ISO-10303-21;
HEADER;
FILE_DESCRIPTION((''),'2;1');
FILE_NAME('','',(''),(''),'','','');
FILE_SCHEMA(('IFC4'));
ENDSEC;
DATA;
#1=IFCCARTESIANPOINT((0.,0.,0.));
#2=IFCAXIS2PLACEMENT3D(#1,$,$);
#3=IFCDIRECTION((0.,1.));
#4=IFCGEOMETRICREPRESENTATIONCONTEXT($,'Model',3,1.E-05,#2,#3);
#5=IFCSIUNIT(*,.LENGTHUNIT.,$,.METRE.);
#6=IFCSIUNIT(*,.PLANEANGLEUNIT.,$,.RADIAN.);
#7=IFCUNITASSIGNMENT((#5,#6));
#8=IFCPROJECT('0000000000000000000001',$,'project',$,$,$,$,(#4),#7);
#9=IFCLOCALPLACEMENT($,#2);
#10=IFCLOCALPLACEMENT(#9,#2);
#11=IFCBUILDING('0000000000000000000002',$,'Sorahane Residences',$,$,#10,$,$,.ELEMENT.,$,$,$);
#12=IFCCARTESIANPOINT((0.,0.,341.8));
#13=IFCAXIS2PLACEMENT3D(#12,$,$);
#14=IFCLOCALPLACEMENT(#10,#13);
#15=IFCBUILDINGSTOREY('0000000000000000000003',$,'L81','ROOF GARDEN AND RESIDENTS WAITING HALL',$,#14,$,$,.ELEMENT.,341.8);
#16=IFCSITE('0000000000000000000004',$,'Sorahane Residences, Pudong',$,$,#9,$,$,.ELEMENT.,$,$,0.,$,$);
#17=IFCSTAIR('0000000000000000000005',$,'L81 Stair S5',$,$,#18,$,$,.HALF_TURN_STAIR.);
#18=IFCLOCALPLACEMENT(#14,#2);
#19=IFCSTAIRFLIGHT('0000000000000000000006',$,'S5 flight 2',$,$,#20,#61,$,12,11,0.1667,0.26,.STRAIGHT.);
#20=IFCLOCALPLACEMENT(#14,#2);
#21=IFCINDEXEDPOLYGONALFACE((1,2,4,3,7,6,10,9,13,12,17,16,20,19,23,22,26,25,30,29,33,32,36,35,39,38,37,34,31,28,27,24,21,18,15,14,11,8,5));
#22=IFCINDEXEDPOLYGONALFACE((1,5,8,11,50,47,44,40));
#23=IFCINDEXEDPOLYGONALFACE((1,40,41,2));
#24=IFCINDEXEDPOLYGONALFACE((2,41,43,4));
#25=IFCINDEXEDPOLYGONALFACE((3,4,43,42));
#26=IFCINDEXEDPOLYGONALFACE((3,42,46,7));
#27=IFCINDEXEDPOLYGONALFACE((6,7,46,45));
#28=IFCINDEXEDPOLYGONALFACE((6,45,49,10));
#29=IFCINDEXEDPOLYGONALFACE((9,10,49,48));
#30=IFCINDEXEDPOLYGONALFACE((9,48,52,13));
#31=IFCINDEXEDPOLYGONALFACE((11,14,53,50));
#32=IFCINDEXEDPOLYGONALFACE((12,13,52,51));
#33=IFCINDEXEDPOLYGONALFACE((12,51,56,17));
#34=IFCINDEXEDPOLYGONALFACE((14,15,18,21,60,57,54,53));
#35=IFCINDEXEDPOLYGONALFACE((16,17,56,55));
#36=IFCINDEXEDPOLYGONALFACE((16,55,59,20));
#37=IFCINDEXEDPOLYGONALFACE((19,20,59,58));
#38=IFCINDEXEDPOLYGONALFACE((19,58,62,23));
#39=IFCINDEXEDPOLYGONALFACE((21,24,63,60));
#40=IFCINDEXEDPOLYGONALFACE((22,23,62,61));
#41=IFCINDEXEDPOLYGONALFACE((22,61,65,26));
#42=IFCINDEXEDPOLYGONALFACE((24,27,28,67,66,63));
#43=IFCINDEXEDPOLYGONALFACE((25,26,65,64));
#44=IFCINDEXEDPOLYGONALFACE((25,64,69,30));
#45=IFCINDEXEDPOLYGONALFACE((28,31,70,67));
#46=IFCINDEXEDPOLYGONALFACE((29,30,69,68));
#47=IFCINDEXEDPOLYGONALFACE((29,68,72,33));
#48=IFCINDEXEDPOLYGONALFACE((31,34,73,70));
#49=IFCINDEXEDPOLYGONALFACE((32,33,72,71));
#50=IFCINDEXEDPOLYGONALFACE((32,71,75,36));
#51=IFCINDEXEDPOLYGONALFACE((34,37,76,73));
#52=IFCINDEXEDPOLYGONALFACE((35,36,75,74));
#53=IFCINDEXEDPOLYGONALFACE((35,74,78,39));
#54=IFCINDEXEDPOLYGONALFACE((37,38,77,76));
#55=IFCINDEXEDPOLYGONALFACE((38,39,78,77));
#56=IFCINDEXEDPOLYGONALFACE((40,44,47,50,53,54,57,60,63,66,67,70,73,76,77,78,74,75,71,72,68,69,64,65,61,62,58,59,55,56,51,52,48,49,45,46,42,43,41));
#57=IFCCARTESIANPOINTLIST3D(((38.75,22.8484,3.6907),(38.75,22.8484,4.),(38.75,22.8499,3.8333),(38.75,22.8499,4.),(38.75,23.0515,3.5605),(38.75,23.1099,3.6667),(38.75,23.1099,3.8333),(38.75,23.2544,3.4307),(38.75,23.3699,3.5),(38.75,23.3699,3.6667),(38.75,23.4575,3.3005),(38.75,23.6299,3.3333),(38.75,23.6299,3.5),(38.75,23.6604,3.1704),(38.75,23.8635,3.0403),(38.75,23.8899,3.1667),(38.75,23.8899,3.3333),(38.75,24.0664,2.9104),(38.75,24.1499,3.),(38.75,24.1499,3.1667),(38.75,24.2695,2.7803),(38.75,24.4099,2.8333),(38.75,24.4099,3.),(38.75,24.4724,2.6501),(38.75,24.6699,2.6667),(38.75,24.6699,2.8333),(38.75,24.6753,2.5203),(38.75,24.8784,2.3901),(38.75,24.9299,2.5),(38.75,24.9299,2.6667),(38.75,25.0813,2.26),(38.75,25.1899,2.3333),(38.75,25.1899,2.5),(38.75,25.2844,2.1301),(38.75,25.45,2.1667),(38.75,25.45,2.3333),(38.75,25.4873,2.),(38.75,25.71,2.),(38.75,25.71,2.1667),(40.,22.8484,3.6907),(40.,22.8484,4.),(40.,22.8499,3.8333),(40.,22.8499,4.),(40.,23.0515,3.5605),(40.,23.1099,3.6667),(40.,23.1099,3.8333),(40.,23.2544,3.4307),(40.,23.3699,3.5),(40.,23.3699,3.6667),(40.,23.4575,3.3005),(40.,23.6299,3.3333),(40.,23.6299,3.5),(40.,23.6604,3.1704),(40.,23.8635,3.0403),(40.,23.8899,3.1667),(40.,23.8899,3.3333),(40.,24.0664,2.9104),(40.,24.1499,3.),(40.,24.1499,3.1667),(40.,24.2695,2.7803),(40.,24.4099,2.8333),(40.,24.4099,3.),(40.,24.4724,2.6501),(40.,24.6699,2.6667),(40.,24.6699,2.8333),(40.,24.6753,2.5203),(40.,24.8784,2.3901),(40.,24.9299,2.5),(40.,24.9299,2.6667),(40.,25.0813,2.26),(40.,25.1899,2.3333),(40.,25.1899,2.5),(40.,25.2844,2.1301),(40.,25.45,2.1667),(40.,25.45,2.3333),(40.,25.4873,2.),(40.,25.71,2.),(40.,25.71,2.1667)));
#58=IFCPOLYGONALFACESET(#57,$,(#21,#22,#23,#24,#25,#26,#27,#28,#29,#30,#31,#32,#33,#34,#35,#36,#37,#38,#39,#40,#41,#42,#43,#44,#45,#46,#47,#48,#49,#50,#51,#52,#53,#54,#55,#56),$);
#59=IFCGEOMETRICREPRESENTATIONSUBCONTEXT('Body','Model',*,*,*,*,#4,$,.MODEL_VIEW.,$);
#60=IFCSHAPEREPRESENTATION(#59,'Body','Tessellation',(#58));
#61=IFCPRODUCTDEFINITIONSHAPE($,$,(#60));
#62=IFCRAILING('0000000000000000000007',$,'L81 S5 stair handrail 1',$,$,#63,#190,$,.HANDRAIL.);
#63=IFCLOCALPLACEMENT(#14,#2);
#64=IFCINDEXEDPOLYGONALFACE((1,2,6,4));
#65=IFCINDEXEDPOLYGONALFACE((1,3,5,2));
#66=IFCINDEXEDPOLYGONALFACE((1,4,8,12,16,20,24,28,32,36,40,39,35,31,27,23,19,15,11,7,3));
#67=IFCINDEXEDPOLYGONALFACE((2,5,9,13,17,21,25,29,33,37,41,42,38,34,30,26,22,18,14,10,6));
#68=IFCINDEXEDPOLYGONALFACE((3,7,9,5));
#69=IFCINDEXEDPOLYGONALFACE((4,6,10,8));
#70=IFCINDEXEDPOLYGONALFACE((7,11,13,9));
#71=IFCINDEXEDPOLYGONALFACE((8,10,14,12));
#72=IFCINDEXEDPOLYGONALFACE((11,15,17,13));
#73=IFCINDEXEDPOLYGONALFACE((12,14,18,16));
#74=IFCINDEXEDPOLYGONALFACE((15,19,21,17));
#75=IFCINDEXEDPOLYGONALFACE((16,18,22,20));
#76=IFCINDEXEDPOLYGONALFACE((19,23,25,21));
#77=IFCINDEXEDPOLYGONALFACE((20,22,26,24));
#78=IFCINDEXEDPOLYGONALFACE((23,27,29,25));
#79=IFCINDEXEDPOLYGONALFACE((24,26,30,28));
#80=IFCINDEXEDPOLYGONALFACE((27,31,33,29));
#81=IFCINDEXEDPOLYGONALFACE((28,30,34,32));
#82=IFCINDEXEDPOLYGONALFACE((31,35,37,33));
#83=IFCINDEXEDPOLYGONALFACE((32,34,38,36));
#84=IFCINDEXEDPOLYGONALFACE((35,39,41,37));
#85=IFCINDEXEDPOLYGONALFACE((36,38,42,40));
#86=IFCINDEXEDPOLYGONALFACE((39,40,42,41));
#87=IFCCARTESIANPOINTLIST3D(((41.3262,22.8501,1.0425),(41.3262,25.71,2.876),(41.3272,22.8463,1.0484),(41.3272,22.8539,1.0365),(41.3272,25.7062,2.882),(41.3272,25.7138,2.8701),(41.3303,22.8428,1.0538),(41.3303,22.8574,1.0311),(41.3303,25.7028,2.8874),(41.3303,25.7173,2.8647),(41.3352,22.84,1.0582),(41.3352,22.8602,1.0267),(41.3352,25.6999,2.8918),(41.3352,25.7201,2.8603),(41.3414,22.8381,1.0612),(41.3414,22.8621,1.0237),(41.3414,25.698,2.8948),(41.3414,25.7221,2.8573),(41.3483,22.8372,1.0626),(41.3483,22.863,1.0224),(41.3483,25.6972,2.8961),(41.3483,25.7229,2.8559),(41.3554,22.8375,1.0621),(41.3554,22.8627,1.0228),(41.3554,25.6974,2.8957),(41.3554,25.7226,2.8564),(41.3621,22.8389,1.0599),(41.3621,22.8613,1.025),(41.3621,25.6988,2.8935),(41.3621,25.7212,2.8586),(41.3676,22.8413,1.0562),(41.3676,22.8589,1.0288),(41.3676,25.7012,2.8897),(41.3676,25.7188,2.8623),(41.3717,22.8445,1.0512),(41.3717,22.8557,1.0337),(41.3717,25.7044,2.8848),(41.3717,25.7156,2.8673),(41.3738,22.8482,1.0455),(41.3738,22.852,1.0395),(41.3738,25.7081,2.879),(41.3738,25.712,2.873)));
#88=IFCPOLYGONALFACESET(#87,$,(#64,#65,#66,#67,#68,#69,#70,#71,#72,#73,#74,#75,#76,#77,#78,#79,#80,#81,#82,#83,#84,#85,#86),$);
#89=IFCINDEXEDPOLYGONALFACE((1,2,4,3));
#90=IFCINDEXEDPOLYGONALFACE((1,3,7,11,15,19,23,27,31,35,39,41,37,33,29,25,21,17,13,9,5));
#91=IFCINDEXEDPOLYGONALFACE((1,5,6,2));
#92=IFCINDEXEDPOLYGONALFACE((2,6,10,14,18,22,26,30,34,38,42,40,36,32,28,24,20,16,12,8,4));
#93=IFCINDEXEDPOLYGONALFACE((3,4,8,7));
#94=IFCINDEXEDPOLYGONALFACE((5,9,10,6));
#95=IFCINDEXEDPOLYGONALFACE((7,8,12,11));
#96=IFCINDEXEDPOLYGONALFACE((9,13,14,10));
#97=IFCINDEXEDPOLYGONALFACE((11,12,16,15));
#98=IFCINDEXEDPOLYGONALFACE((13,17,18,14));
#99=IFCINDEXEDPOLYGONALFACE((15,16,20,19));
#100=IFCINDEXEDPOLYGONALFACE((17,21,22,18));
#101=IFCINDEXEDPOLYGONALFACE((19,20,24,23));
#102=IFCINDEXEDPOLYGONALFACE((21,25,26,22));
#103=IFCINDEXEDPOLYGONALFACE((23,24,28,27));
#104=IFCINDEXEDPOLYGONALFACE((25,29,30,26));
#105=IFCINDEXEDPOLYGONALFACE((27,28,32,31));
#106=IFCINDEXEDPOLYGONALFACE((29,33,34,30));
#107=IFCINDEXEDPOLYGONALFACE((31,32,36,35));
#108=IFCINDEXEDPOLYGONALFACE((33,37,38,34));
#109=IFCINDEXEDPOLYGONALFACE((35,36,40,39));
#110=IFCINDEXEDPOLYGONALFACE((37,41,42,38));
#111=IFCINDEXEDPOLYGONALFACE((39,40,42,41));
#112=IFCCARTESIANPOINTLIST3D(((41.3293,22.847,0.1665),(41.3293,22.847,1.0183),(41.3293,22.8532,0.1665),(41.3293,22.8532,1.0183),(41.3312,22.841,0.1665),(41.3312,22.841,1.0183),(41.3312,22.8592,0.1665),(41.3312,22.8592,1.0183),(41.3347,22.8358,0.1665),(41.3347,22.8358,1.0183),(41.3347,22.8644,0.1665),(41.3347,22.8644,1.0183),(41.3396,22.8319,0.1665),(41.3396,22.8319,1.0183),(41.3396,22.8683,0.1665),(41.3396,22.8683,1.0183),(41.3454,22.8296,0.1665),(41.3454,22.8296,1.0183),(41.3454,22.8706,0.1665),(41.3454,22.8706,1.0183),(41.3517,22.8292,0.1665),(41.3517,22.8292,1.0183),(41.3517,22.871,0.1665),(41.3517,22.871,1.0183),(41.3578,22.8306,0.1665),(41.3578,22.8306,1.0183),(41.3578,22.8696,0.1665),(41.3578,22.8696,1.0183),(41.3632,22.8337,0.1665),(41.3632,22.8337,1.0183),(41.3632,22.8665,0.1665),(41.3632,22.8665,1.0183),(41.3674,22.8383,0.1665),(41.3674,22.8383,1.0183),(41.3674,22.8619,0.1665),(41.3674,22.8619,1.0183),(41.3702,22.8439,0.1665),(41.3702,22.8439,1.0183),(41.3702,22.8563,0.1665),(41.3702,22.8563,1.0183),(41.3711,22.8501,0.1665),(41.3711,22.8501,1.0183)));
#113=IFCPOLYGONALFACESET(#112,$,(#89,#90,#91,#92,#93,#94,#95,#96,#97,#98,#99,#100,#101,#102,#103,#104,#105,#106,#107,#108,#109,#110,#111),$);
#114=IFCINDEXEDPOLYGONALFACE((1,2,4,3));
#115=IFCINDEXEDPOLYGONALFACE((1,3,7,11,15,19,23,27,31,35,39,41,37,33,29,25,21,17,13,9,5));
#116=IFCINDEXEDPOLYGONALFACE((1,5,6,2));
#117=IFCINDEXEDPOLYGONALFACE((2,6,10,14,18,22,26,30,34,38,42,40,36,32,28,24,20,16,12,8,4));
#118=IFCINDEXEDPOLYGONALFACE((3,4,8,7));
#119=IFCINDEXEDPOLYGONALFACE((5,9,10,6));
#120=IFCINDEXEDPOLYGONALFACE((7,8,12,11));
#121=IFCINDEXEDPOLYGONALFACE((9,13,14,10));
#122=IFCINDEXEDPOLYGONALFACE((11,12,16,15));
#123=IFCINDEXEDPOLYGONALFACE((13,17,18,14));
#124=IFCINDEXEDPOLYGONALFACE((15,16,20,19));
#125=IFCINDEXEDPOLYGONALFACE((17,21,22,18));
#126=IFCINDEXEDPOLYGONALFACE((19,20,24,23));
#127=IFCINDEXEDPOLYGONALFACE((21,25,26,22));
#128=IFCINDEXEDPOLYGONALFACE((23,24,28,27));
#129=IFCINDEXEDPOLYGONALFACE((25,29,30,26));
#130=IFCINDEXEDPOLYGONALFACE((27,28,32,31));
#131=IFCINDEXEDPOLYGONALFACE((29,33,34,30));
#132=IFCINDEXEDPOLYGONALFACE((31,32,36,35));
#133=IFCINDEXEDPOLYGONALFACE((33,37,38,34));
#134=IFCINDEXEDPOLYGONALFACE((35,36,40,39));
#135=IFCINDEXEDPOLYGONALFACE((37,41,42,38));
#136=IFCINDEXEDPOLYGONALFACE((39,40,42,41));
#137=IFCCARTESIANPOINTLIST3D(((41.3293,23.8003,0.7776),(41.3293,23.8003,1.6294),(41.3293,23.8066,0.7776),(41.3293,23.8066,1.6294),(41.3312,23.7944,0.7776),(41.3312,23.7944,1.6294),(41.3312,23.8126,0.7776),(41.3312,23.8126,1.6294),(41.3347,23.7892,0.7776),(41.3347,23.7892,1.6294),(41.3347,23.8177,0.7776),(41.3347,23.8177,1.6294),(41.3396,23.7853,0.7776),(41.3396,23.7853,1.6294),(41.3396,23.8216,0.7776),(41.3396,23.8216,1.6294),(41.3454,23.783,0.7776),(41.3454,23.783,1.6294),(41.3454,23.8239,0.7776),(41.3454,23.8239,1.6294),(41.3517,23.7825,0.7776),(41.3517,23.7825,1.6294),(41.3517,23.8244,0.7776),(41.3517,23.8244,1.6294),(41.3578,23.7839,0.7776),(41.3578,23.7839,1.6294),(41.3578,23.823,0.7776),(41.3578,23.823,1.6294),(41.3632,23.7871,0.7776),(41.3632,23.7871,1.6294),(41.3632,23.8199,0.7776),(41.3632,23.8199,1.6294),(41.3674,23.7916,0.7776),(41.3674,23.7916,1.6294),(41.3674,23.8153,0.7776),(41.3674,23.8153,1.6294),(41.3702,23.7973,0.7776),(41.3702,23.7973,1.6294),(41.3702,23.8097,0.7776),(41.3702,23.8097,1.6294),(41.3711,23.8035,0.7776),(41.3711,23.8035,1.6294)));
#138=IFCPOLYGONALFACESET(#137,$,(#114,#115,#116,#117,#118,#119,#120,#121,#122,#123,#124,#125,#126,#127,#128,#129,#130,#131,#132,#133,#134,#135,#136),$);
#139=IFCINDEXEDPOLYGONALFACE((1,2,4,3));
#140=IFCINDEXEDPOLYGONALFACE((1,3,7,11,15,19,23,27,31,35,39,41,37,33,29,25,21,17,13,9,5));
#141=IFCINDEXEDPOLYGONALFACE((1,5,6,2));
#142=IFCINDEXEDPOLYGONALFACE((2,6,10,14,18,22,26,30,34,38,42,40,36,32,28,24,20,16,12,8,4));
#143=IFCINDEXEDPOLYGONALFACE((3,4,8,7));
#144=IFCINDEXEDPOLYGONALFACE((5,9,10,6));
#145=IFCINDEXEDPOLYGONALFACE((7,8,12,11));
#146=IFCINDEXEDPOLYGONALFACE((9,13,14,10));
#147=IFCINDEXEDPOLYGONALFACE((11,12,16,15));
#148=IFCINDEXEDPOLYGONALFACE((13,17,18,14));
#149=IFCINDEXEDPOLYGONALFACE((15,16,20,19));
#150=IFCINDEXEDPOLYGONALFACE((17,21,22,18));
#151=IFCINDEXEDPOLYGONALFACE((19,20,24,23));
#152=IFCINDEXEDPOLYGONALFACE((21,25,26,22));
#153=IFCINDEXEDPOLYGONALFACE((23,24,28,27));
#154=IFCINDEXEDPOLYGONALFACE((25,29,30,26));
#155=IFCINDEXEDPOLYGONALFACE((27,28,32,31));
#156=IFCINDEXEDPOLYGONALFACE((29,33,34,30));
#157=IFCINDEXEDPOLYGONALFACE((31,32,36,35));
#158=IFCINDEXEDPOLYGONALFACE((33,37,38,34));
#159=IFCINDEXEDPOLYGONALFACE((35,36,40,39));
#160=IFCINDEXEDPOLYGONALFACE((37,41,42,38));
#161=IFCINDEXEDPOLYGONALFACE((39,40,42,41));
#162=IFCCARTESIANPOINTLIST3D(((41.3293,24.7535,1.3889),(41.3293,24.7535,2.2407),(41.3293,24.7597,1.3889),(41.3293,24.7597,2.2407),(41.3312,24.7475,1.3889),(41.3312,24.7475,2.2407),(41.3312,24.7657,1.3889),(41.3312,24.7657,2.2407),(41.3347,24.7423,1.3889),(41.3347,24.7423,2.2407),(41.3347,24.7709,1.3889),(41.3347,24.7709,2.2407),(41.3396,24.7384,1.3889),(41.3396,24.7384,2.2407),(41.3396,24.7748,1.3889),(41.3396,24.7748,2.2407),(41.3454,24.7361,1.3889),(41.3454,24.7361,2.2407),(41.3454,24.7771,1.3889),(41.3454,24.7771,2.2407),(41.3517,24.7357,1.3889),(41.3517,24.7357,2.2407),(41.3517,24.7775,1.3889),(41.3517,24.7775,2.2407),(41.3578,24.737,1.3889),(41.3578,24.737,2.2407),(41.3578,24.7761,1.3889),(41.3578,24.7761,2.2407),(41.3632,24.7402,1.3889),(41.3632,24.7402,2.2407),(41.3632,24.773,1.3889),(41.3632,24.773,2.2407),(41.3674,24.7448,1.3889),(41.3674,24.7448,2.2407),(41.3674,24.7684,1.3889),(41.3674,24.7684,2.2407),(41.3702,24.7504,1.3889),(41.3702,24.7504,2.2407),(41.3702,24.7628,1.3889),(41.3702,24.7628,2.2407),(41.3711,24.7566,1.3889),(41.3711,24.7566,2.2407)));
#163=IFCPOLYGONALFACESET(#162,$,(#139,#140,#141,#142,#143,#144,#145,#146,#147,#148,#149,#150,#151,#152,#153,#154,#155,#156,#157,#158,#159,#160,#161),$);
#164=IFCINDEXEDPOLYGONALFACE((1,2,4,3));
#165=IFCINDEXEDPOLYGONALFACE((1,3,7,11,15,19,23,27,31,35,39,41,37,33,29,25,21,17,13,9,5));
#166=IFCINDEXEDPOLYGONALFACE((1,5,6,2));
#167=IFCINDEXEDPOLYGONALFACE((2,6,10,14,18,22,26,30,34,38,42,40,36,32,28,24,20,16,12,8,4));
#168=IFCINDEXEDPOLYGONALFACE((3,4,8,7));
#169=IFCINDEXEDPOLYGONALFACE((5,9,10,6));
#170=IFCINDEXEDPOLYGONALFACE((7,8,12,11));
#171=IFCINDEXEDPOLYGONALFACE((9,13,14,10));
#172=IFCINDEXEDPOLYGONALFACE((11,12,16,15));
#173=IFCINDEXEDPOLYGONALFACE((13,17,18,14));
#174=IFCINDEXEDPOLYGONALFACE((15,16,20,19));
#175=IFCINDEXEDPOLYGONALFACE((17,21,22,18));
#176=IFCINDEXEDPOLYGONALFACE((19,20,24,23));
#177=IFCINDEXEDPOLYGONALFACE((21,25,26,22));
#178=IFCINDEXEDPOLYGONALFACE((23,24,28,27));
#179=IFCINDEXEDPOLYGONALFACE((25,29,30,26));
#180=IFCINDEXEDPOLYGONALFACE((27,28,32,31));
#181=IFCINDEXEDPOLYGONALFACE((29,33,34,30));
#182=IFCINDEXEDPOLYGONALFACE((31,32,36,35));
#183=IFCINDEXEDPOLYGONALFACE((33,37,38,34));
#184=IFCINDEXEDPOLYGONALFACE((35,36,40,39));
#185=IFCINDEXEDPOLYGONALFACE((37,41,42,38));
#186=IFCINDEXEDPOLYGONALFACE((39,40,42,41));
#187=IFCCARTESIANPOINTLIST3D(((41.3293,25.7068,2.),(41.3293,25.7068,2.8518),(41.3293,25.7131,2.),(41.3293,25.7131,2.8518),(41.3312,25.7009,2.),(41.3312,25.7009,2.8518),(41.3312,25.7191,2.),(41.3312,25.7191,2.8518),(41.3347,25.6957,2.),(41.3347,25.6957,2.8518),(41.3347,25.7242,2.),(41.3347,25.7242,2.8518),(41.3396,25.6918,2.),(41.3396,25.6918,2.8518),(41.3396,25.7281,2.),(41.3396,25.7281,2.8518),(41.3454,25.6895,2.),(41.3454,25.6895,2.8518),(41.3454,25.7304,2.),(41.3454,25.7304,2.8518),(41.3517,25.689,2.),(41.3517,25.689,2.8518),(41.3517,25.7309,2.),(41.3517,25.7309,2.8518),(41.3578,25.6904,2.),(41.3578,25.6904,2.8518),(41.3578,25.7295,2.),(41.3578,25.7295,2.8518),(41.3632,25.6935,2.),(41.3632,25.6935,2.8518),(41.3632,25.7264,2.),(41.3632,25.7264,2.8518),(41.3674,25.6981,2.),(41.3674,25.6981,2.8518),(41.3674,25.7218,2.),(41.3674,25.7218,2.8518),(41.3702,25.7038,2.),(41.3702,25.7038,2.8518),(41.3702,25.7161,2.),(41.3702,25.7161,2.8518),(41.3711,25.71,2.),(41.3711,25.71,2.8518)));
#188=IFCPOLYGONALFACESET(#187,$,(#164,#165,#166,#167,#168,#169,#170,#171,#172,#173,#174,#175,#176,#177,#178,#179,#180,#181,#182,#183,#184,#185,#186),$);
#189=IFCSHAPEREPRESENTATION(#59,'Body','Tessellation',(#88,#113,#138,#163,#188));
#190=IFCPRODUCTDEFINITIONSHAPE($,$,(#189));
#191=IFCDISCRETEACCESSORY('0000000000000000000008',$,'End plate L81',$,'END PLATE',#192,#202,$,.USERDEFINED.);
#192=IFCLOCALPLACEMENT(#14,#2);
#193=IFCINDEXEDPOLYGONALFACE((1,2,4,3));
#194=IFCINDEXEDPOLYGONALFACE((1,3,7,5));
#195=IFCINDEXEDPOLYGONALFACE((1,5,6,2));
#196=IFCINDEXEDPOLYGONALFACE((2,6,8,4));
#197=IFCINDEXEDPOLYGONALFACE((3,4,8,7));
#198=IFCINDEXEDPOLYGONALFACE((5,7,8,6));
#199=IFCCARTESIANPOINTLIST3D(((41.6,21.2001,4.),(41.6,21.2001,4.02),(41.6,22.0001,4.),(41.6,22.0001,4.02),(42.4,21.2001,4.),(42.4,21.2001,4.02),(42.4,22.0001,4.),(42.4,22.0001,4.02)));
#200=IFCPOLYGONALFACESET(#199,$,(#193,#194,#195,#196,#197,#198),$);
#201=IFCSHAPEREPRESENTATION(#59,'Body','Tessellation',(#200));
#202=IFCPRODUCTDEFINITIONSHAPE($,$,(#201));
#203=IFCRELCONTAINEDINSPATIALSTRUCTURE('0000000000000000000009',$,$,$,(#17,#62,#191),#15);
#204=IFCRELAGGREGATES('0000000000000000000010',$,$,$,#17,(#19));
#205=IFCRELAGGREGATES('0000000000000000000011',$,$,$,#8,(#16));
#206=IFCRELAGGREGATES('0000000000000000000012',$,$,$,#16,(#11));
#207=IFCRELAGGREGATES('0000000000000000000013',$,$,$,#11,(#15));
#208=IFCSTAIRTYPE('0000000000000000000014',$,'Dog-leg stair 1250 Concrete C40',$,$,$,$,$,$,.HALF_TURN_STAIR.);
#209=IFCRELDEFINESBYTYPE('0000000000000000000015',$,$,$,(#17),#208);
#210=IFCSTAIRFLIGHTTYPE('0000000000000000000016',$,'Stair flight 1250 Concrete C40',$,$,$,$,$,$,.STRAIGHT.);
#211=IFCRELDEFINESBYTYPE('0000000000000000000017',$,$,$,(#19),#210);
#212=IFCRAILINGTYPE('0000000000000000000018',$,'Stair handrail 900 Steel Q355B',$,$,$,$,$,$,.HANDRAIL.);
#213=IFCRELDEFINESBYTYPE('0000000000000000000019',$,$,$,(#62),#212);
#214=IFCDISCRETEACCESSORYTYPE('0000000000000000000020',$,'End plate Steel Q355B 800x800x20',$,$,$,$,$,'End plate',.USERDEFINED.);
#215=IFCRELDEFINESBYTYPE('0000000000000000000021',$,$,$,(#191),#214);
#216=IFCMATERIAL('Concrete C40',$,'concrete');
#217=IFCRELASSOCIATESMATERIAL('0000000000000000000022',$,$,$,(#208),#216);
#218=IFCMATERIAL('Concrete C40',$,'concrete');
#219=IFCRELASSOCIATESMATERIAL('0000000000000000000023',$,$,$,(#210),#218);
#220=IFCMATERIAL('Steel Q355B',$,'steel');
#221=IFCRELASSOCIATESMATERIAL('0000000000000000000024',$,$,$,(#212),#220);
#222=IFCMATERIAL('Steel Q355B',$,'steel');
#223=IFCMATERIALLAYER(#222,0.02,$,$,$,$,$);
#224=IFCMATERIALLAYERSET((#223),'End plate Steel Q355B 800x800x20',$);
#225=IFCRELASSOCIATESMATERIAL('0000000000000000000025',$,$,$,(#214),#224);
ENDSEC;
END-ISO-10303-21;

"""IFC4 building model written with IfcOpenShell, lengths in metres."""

from ifc_helpers import new_model, si_unit, direction, frame, origin, origin_2d, place, context, subcontext, project, spatial, polyline, rectangle, circle, outline, extrude, material, layer, layer_set, type_object, element, aggregate, save


model = new_model("IFC4")

# Units and contexts
model_context = context("Model", 3, precision=1e-05, world=origin(), true_north=direction((0.0, 1.0)))
body_context = subcontext(model_context, "Body", "Model", "MODEL_VIEW")
ifc_project = project(units=[si_unit("LENGTHUNIT", "METRE"), si_unit("PLANEANGLEUNIT", "RADIAN")], contexts=[model_context])

# Site, building, storey
site_placement = place(None, origin())
site = spatial("IfcSite", under=ifc_project, at=site_placement, Name="Sorahane Residences, Pudong", CompositionType="ELEMENT", RefElevation=0.0)
building_placement = place(site_placement, origin())
building = spatial("IfcBuilding", under=site, at=building_placement, Name="Sorahane Residences", CompositionType="ELEMENT")
storey_placement = place(building_placement, frame((0.0, 0.0, 341.8)))
storey = spatial("IfcBuildingStorey", under=building, at=storey_placement, Name="L81", Description="ROOF GARDEN AND RESIDENTS WAITING HALL", CompositionType="ELEMENT", Elevation=341.8)

# Stair, stair flight
ifc_material_1 = material(Name="Concrete C40", Category="concrete")
stair_type = type_object("IfcStairType", Name="Dog-leg stair 1250 Concrete C40", PredefinedType="HALF_TURN_STAIR", material=ifc_material_1)
stair_placement = place(storey_placement, origin())
stair = element("IfcStair", 1, at=stair_placement, inside=storey, type_object=stair_type, Name="L81 Stair S5", PredefinedType="HALF_TURN_STAIR")
ifc_material_2 = material(Name="Concrete C40", Category="concrete")
stair_flight_type = type_object("IfcStairFlightType", Name="Stair flight 1250 Concrete C40", PredefinedType="STRAIGHT", material=ifc_material_2)
stair_flight_1_placement = place(storey_placement, frame((39.375, 25.71, 2.0), z_axis=(0.0, 0.0, 1.0), x_axis=(0.0, -1.0, 0.0)))
stair_flight_1 = element("IfcStairFlight", 2, at=stair_flight_1_placement, type_object=stair_flight_type, Name="S5 flight 2", NumberOfRisers=12, NumberOfTreads=11, PredefinedType="STRAIGHT", RiserHeight=0.1667, TreadLength=0.26, context=body_context, shape_type="SweptSolid", body=[
    extrude(outline(polyline([(0.0, 0.0), (0.0, 0.1667), (0.26, 0.1667), (0.26, 0.3333), (0.52, 0.3333), (0.52, 0.5), (0.78, 0.5), (0.78, 0.6667), (1.04, 0.6667), (1.04, 0.8333), (1.3, 0.8333), (1.3, 1.0), (1.5601, 1.0), (1.5601, 1.1667), (1.8201, 1.1667), (1.8201, 1.3333), (2.0801, 1.3333), (2.0801, 1.5), (2.3401, 1.5), (2.3401, 1.6667), (2.6001, 1.6667), (2.6001, 1.8333), (2.8601, 1.8333), (2.8601, 2.0), (2.8616, 2.0), (2.8616, 1.6907), (2.6584, 1.5605), (2.4556, 1.4307), (2.2524, 1.3005), (2.0496, 1.1704), (1.8464, 1.0403), (1.6436, 0.9104), (1.4404, 0.7803), (1.2375, 0.6501), (1.0347, 0.5203), (0.8315, 0.3901), (0.6287, 0.26), (0.4255, 0.1301), (0.2227, 0.0), (0.0, 0.0)])), frame((0.0, 0.625, 0.0), z_axis=(0.0, -1.0, 0.0), x_axis=(1.0, 0.0, 0.0)), (0.0, 0.0, 1.0), 1.25),
])
aggregate(stair, [stair_flight_1])

# Railing
ifc_material_3 = material(Name="Steel Q355B", Category="steel")
railing_type_1 = type_object("IfcRailingType", Name="Stair handrail 900 Steel Q355B", PredefinedType="HANDRAIL", material=ifc_material_3)
railing_1_placement = place(storey_placement, frame((41.3501, 22.8501, 0.1665)))
element("IfcRailing", 3, at=railing_1_placement, inside=storey, type_object=railing_type_1, Name="L81 S5 stair handrail 1", PredefinedType="HANDRAIL", context=body_context, shape_type="SweptSolid", body=[
    extrude(circle(Radius=0.0239, at=origin_2d()), frame((0.0, 0.0, 0.876), z_axis=(0.0, 0.841846, 0.539718), x_axis=(-1.0, 0.0, 0.0)), (0.0, 0.0, 1.0), 3.3972),
    extrude(circle(Radius=0.021, at=origin_2d()), origin(), (0.0, 0.0, 1.0), 0.8518),
    extrude(circle(Radius=0.021, at=origin_2d()), frame((0.0, 0.9534, 0.6111)), (0.0, 0.0, 1.0), 0.8518),
    extrude(circle(Radius=0.021, at=origin_2d()), frame((0.0, 1.9065, 1.2224)), (0.0, 0.0, 1.0), 0.8518),
    extrude(circle(Radius=0.021, at=origin_2d()), frame((0.0, 2.8599, 1.8335)), (0.0, 0.0, 1.0), 0.8518),
])

# Discrete accessory
ifc_material_4 = material(Name="Steel Q355B", Category="steel")
ifc_layer_1 = layer(ifc_material_4, 0.02)
ifc_layer_set_1 = layer_set([ifc_layer_1], Name="End plate Steel Q355B 800x800x20")
discrete_accessory_type = type_object("IfcDiscreteAccessoryType", Name="End plate Steel Q355B 800x800x20", ElementType="End plate", PredefinedType="USERDEFINED", material=ifc_layer_set_1)
discrete_accessory_placement = place(storey_placement, frame((42.0, 21.6001, 4.0), z_axis=(0.0, 0.0, 1.0), x_axis=(1.0, 0.0, 0.0)))
element("IfcDiscreteAccessory", 4, at=discrete_accessory_placement, inside=storey, type_object=discrete_accessory_type, Name="End plate L81", ObjectType="END PLATE", PredefinedType="USERDEFINED", context=body_context, shape_type="SweptSolid", body=[
    extrude(rectangle(XDim=0.8, YDim=0.8, at=origin_2d()), origin(), (0.0, 0.0, 1.0), 0.02),
])

save(model, "model.ifc")
